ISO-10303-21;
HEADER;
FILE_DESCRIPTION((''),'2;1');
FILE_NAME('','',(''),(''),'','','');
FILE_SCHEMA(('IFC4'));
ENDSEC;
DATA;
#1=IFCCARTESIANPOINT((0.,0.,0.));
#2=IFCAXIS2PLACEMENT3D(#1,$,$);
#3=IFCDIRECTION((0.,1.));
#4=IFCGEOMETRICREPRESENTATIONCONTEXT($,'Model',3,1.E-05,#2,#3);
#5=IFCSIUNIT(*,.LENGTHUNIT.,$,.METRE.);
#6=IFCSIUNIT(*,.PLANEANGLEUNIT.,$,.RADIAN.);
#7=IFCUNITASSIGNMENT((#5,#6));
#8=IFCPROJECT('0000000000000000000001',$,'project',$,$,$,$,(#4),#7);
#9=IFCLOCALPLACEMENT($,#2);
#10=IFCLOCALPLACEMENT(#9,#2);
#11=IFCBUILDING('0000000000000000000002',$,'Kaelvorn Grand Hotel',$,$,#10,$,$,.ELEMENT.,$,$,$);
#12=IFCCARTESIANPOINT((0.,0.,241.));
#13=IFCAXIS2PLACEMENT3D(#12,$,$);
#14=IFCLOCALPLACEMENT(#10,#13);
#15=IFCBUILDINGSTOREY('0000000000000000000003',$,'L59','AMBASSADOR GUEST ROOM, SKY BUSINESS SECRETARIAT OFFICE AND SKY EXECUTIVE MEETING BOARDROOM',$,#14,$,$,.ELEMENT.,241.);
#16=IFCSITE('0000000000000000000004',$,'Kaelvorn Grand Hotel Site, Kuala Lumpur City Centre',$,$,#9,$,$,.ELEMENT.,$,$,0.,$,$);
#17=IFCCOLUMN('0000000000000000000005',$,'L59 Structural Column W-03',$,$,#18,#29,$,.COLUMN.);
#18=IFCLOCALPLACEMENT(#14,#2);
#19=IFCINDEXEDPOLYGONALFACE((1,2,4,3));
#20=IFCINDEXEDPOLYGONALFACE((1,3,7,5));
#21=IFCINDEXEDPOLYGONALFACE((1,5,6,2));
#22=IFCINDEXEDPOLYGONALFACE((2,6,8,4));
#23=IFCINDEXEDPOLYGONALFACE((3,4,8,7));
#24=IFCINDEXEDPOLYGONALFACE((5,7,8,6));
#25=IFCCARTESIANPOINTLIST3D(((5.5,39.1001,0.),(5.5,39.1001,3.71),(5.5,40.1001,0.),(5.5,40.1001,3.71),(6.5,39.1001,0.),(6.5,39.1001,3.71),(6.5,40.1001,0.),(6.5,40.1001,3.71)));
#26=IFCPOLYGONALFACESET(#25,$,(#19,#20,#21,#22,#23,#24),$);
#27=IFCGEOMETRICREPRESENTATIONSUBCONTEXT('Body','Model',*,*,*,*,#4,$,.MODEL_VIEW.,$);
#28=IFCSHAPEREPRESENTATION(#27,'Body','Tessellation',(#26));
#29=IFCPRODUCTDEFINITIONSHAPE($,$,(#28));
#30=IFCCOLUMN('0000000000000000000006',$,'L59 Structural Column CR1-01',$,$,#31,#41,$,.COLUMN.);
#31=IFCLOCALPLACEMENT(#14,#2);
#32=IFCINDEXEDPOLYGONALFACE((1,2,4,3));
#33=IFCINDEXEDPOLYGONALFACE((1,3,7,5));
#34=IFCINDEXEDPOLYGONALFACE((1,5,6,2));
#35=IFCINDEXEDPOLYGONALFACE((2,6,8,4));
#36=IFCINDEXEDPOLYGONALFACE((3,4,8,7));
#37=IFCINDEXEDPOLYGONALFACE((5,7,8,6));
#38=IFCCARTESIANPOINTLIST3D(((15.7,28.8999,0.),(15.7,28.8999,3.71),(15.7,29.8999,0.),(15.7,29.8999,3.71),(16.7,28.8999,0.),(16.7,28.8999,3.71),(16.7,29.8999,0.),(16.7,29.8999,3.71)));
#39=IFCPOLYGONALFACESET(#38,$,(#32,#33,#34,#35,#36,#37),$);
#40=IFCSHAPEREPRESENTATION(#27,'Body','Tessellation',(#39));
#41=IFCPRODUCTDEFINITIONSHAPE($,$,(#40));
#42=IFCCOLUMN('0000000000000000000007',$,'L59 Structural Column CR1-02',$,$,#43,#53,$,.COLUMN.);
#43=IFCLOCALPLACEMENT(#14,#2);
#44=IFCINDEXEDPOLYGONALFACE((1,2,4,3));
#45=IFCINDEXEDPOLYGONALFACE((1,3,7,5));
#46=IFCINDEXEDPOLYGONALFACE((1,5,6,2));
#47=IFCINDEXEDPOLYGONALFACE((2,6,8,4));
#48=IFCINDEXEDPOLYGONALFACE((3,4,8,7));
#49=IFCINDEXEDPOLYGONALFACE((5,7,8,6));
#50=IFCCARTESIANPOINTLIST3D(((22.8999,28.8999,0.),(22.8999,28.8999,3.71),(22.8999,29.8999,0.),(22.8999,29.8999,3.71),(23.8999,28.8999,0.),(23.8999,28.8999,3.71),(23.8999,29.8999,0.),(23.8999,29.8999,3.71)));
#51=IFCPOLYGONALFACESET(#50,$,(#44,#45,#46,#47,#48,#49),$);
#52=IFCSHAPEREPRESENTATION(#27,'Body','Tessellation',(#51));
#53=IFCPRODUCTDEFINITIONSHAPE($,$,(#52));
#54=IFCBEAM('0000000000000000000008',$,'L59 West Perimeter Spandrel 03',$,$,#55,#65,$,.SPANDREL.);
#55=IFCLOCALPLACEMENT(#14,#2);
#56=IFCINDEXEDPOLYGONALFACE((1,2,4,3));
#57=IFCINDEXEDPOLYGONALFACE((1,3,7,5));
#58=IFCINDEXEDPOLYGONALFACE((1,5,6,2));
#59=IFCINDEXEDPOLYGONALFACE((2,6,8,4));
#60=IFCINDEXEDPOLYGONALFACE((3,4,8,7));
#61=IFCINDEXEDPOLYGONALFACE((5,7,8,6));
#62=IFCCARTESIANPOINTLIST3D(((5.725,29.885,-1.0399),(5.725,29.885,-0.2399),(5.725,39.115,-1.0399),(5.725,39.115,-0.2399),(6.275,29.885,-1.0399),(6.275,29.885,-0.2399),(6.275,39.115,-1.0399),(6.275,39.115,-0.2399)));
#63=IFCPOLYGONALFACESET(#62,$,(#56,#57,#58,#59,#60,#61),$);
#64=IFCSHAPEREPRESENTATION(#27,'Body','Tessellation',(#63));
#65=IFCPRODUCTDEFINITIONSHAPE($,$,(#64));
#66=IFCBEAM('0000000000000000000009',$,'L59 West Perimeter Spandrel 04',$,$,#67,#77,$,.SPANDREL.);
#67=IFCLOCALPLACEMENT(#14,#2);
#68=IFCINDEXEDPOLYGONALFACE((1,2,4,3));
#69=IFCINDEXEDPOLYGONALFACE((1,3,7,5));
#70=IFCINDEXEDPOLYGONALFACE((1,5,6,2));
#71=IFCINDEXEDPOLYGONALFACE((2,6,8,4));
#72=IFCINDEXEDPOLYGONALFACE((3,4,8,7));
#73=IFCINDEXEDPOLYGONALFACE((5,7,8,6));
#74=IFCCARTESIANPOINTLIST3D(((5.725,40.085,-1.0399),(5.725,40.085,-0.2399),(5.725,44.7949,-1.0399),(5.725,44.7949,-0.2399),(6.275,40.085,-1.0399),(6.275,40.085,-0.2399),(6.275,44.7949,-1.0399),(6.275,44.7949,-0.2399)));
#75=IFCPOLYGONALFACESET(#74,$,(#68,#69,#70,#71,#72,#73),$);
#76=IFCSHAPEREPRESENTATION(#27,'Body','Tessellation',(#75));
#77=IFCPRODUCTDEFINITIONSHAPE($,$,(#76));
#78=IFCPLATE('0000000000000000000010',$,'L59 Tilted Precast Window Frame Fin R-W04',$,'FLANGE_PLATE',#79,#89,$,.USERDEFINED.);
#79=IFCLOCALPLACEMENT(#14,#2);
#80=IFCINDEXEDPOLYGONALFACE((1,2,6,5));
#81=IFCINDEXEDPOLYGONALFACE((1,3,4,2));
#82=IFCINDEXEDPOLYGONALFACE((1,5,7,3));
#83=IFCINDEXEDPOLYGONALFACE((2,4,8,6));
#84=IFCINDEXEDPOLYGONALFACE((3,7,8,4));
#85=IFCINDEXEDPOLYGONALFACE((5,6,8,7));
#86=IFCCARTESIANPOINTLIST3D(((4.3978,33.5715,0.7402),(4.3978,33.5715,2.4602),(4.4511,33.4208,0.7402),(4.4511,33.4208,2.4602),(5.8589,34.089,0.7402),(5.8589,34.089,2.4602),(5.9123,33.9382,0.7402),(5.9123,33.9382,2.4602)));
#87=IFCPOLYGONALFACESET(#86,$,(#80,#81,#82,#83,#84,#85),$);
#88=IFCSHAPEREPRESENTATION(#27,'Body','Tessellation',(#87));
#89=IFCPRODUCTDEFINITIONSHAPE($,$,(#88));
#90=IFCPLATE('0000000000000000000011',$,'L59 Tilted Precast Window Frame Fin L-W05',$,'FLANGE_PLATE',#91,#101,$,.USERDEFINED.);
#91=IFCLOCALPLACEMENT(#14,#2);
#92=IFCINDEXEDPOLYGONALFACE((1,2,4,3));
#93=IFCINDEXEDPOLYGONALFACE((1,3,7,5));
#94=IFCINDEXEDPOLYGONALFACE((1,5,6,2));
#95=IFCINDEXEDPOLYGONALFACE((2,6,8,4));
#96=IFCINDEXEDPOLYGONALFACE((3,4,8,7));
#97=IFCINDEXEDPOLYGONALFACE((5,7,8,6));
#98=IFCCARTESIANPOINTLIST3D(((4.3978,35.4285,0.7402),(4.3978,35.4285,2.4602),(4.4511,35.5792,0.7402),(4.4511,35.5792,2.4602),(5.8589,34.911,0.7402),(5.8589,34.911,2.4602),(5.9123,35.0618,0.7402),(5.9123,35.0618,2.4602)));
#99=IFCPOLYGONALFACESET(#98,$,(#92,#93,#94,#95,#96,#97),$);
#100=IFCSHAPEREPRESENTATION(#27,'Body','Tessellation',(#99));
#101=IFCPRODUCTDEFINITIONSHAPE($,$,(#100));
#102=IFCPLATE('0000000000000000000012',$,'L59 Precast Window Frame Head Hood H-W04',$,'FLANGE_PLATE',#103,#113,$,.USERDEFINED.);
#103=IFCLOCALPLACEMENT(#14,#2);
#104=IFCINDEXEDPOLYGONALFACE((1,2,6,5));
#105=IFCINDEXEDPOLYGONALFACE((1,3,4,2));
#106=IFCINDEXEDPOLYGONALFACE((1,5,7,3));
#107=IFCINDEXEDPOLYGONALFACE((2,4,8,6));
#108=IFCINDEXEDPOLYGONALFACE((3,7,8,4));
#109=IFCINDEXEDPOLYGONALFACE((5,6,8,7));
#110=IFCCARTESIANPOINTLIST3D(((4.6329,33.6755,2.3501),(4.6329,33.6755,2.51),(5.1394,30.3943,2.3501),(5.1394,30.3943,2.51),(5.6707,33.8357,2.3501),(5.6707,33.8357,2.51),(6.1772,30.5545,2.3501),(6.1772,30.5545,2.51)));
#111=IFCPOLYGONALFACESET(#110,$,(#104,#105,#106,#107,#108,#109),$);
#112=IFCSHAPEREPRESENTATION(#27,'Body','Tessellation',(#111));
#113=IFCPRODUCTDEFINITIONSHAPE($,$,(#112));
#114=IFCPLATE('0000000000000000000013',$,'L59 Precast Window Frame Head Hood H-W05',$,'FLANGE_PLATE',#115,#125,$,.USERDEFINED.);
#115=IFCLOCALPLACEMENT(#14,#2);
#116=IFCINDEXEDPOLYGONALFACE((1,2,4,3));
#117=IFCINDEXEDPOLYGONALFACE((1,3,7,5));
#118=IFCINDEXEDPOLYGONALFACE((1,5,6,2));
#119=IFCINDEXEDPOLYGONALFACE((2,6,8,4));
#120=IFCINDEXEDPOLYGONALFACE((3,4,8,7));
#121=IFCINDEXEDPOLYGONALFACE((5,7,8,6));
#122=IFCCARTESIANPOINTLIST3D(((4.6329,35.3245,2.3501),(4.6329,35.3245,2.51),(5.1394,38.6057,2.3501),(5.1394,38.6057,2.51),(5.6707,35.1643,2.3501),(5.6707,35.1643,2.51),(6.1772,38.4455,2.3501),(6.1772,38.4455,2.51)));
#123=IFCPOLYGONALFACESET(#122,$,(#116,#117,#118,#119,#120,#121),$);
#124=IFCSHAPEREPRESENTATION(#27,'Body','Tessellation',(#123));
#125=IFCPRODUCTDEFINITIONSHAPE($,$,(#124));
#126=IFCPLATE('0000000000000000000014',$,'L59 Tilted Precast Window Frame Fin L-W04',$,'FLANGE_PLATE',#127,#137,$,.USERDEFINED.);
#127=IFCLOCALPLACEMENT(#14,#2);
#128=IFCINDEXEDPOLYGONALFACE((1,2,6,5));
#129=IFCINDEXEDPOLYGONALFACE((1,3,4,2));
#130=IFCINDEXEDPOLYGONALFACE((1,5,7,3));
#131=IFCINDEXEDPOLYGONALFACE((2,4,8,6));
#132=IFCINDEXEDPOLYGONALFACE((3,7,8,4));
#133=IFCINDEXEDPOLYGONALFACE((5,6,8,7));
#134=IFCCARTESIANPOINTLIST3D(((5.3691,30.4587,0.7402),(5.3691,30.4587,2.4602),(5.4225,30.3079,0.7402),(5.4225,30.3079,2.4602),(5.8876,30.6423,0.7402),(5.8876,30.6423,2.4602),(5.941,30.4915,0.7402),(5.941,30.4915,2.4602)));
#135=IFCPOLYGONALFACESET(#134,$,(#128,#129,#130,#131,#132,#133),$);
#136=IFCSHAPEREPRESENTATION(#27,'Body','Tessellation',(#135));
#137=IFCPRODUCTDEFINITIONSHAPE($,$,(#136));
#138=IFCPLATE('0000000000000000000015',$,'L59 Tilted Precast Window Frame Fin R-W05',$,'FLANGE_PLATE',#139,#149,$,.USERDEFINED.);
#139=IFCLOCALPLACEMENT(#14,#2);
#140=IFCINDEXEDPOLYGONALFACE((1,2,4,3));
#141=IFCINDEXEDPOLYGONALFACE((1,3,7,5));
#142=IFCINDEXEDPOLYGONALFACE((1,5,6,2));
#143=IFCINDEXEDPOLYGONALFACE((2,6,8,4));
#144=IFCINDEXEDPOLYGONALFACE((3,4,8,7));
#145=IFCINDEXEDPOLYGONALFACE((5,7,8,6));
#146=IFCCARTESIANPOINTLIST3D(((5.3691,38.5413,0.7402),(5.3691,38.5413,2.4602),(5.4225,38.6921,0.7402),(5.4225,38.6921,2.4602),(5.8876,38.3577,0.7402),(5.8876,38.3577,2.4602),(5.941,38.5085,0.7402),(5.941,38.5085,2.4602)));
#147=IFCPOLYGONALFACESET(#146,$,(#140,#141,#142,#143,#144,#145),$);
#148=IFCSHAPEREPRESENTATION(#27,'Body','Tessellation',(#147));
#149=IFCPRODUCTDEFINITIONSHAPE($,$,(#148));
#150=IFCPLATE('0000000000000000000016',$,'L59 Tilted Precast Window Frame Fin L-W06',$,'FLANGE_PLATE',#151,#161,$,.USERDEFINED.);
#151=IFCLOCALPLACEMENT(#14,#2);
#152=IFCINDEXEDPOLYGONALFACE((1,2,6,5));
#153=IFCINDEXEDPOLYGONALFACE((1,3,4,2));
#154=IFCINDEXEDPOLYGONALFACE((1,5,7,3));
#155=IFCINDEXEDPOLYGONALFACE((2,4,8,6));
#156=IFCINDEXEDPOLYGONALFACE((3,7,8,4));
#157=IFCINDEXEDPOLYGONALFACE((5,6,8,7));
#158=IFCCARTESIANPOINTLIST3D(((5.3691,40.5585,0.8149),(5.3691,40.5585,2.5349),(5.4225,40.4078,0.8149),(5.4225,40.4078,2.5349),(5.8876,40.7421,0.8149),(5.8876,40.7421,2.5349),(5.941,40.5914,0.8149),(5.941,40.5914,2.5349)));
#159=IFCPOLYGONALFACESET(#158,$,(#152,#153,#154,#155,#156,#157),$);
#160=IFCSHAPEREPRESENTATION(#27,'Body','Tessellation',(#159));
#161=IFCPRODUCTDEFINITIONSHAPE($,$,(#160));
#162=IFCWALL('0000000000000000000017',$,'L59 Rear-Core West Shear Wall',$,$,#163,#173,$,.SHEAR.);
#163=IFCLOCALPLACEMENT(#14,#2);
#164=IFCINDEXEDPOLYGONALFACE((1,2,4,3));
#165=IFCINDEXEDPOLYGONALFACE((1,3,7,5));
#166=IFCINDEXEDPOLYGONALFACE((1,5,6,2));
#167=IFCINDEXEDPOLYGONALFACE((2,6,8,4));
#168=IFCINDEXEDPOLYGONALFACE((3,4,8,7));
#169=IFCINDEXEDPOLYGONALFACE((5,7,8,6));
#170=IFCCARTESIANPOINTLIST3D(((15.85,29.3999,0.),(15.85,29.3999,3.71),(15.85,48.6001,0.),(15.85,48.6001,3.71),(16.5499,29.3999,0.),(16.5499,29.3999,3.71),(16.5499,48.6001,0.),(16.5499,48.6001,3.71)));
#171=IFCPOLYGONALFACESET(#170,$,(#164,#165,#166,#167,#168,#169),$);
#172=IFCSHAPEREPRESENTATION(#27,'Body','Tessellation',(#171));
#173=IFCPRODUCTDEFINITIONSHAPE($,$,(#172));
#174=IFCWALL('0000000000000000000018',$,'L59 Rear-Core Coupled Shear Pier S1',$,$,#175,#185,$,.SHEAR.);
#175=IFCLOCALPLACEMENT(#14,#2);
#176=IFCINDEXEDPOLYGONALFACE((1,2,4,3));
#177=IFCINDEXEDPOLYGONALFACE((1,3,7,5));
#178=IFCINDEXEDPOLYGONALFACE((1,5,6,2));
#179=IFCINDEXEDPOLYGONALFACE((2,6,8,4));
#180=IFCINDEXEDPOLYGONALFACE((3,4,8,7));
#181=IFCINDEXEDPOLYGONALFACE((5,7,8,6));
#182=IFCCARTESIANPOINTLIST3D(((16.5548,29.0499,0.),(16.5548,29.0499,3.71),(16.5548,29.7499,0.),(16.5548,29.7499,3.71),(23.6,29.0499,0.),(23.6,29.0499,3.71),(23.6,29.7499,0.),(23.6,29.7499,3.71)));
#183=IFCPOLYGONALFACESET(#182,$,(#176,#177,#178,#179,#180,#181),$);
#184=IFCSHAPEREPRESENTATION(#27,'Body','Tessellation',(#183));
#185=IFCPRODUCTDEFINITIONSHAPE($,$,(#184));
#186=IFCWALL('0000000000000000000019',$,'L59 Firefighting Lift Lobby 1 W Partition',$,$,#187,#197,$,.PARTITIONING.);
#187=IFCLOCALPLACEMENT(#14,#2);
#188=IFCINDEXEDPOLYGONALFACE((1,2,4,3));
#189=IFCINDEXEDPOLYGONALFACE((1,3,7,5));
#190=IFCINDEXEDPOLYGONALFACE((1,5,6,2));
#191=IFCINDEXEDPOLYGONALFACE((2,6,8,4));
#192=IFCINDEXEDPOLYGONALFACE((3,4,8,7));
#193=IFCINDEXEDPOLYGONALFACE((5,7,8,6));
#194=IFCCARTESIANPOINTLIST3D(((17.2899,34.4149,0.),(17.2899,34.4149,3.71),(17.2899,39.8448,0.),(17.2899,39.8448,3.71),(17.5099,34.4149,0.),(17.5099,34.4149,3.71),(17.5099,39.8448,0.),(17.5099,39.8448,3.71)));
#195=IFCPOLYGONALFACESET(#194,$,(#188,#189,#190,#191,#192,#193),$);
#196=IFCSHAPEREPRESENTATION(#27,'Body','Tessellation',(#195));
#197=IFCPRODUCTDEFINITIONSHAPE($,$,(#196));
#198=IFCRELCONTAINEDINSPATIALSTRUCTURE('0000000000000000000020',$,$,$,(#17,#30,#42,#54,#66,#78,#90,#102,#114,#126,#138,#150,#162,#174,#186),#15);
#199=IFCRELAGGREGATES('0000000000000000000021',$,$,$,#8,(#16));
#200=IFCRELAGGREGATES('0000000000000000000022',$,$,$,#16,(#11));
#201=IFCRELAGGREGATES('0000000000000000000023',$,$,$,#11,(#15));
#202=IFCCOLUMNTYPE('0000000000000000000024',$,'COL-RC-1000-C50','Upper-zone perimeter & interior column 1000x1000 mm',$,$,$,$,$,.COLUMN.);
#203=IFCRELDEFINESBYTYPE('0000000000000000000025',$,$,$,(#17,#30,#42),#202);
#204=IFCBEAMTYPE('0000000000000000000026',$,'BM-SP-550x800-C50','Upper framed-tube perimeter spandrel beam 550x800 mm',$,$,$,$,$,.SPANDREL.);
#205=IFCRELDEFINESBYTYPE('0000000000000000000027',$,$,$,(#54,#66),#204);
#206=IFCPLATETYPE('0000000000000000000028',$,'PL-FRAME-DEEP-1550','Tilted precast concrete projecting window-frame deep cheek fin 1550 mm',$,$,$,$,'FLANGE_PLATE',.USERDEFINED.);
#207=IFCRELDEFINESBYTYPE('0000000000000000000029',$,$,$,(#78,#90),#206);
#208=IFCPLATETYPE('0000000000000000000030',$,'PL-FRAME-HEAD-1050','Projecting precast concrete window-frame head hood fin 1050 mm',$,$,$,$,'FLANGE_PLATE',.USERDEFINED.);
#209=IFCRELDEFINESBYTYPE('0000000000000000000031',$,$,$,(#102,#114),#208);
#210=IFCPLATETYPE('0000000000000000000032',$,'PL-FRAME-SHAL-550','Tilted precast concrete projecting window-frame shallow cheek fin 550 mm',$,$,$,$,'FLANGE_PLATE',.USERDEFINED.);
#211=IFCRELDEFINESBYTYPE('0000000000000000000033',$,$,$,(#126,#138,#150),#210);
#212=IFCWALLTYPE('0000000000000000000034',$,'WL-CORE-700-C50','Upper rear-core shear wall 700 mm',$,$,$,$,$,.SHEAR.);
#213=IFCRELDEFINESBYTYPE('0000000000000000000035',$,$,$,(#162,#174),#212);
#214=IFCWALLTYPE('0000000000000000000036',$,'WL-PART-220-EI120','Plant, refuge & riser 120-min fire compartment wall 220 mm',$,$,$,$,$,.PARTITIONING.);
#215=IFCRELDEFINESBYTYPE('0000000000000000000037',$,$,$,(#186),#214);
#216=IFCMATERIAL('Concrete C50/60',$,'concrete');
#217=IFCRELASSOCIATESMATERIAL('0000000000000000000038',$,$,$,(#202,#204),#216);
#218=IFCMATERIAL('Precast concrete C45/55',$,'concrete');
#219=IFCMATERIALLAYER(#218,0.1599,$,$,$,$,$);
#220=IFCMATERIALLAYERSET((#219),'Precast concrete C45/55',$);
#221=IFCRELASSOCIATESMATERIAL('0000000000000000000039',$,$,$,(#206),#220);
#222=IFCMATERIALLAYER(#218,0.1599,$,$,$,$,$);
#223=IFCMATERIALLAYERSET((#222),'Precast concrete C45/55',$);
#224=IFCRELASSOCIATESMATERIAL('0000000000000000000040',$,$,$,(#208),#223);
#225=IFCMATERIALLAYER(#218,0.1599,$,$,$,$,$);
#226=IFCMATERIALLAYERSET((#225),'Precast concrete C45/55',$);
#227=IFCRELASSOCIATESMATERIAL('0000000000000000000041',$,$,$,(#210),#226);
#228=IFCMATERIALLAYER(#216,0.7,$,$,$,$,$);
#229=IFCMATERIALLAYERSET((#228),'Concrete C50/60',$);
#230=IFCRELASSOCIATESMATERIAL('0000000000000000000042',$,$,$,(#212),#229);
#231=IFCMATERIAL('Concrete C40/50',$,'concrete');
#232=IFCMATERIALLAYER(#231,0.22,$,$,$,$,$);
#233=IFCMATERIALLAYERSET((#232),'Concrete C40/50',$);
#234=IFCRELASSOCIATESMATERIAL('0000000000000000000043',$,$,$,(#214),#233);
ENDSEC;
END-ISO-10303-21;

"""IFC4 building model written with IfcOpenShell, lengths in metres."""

from ifc_helpers import new_model, si_unit, direction, frame, frame_2d, origin, origin_2d, place, context, subcontext, project, spatial, rectangle, extrude, material, layer, layer_set, material_profile, profile_set, type_object, element, save


model = new_model("IFC4")

# Units and contexts
model_context = context("Model", 3, precision=1e-05, world=origin(), true_north=direction((0.0, 1.0)))
body_context = subcontext(model_context, "Body", "Model", "MODEL_VIEW")
ifc_project = project(units=[si_unit("LENGTHUNIT", "METRE"), si_unit("PLANEANGLEUNIT", "RADIAN")], contexts=[model_context])

# Site, building, storey
site_placement = place(None, origin())
site = spatial("IfcSite", under=ifc_project, at=site_placement, Name="Kaelvorn Grand Hotel Site, Kuala Lumpur City Centre", CompositionType="ELEMENT", RefElevation=0.0)
building_placement = place(site_placement, origin())
building = spatial("IfcBuilding", under=site, at=building_placement, Name="Kaelvorn Grand Hotel", CompositionType="ELEMENT")
storey_placement = place(building_placement, frame((0.0, 0.0, 241.0)))
storey = spatial("IfcBuildingStorey", under=building, at=storey_placement, Name="L59", Description="AMBASSADOR GUEST ROOM, SKY BUSINESS SECRETARIAT OFFICE AND SKY EXECUTIVE MEETING BOARDROOM", CompositionType="ELEMENT", Elevation=241.0)

# Columns
ifc_material_1 = material(Name="Concrete C50/60", Category="concrete")
ifc_material_profile_1 = material_profile(ifc_material_1, rectangle(XDim=1.0, YDim=1.0, at=origin_2d()), Name="RC COL 1000x1000")
ifc_profile_set_1 = profile_set([ifc_material_profile_1], Name="Concrete C50/60")
column_type = type_object("IfcColumnType", Name="COL-RC-1000-C50", Description="Upper-zone perimeter & interior column 1000x1000 mm", PredefinedType="COLUMN", material=ifc_profile_set_1)
for number, where, z_axis, x_axis, name in (
    (1, (6.0, 39.6001, 0.0), (0.0, 0.0, 1.0), (1.0, 0.0, 0.0), "L59 Structural Column W-03"),
    (2, (16.2, 29.3999, 0.0), (0.0, 0.0, 1.0), (1.0, 0.0, 0.0), "L59 Structural Column CR1-01"),
    (3, (23.3999, 29.3999, 0.0), (0.0, 0.0, 1.0), (1.0, 0.0, 0.0), "L59 Structural Column CR1-02"),
):
    element("IfcColumn", number, at=place(storey_placement, frame(where, z_axis=z_axis, x_axis=x_axis)), inside=storey, type_object=column_type, Name=name, PredefinedType="COLUMN", context=body_context, shape_type="SweptSolid", body=[
        extrude(rectangle(XDim=1.0, YDim=1.0, at=origin_2d()), origin(), (0.0, 0.0, 1.0), 3.71),
    ])

# Beams
ifc_material_profile_2 = material_profile(ifc_material_1, rectangle(XDim=0.55, YDim=0.8, at=origin_2d()), Name="RC SPANDREL 550x800")
ifc_profile_set_2 = profile_set([ifc_material_profile_2], Name="Concrete C50/60")
beam_type = type_object("IfcBeamType", Name="BM-SP-550x800-C50", Description="Upper framed-tube perimeter spandrel beam 550x800 mm", PredefinedType="SPANDREL", material=ifc_profile_set_2)
beam_1_placement = place(storey_placement, frame((6.0, 29.885, -0.6399), z_axis=(0.0, 1.0, 0.0), x_axis=(-1.0, 0.0, 0.0)))
element("IfcBeam", 4, at=beam_1_placement, inside=storey, type_object=beam_type, Name="L59 West Perimeter Spandrel 03", PredefinedType="SPANDREL", context=body_context, shape_type="SweptSolid", body=[
    extrude(rectangle(XDim=0.55, YDim=0.8, at=origin_2d()), origin(), (0.0, 0.0, 1.0), 9.23),
])
beam_2_placement = place(storey_placement, frame((6.0, 40.085, -0.6399), z_axis=(0.0, 1.0, 0.0), x_axis=(-1.0, 0.0, 0.0)))
element("IfcBeam", 5, at=beam_2_placement, inside=storey, type_object=beam_type, Name="L59 West Perimeter Spandrel 04", PredefinedType="SPANDREL", context=body_context, shape_type="SweptSolid", body=[
    extrude(rectangle(XDim=0.55, YDim=0.8, at=origin_2d()), origin(), (0.0, 0.0, 1.0), 4.71),
])

# Plates
ifc_material_2 = material(Name="Precast concrete C45/55", Category="concrete")
ifc_layer_1 = layer(ifc_material_2, 0.1599)
ifc_layer_set_1 = layer_set([ifc_layer_1], Name="Precast concrete C45/55")
plate_type_1 = type_object("IfcPlateType", Name="PL-FRAME-DEEP-1550", Description="Tilted precast concrete projecting window-frame deep cheek fin 1550 mm", ElementType="FLANGE_PLATE", PredefinedType="USERDEFINED", material=ifc_layer_set_1)
for number, where, z_axis, x_axis, name in (
    (6, (5.155, 33.7549, 0.7402), (0.0, 0.0, 1.0), (-0.333807, 0.942641, 0.0), "L59 Tilted Precast Window Frame Fin R-W04"),
    (7, (5.155, 35.2451, 0.7402), (0.0, 0.0, 1.0), (0.333807, 0.942641, 0.0), "L59 Tilted Precast Window Frame Fin L-W05"),
):
    element("IfcPlate", number, at=place(storey_placement, frame(where, z_axis=z_axis, x_axis=x_axis)), inside=storey, type_object=plate_type_1, Name=name, ObjectType="FLANGE_PLATE", PredefinedType="USERDEFINED", context=body_context, shape_type="SweptSolid", body=[
        extrude(rectangle(XDim=0.1599, YDim=1.55, at=origin_2d()), origin(), (0.0, 0.0, 1.0), 1.72),
    ])
ifc_layer_2 = layer(ifc_material_2, 0.1599)
ifc_layer_set_2 = layer_set([ifc_layer_2], Name="Precast concrete C45/55")
plate_type_2 = type_object("IfcPlateType", Name="PL-FRAME-HEAD-1050", Description="Projecting precast concrete window-frame head hood fin 1050 mm", ElementType="FLANGE_PLATE", PredefinedType="USERDEFINED", material=ifc_layer_set_2)
for number, where, z_axis, x_axis, name in (
    (8, (5.405, 32.115, 2.3501), (0.0, 0.0, 1.0), (-0.152555, 0.988295, 0.0), "L59 Precast Window Frame Head Hood H-W04"),
    (9, (5.405, 36.885, 2.3501), (0.0, 0.0, 1.0), (0.152555, 0.988295, 0.0), "L59 Precast Window Frame Head Hood H-W05"),
):
    element("IfcPlate", number, at=place(storey_placement, frame(where, z_axis=z_axis, x_axis=x_axis)), inside=storey, type_object=plate_type_2, Name=name, ObjectType="FLANGE_PLATE", PredefinedType="USERDEFINED", context=body_context, shape_type="SweptSolid", body=[
        extrude(rectangle(XDim=3.3201, YDim=1.05, at=origin_2d()), origin(), (0.0, 0.0, 1.0), 0.1599),
    ])
ifc_layer_3 = layer(ifc_material_2, 0.1599)
ifc_layer_set_3 = layer_set([ifc_layer_3], Name="Precast concrete C45/55")
plate_type_3 = type_object("IfcPlateType", Name="PL-FRAME-SHAL-550", Description="Tilted precast concrete projecting window-frame shallow cheek fin 550 mm", ElementType="FLANGE_PLATE", PredefinedType="USERDEFINED", material=ifc_layer_set_3)
for number, where, z_axis, x_axis, name in (
    (10, (5.655, 30.4751, 0.7402), (0.0, 0.0, 1.0), (-0.333807, 0.942641, 0.0), "L59 Tilted Precast Window Frame Fin L-W04"),
    (11, (5.655, 38.5249, 0.7402), (0.0, 0.0, 1.0), (0.333807, 0.942641, 0.0), "L59 Tilted Precast Window Frame Fin R-W05"),
    (12, (5.655, 40.575, 0.8149), (0.0, 0.0, 1.0), (-0.333807, 0.942641, 0.0), "L59 Tilted Precast Window Frame Fin L-W06"),
):
    element("IfcPlate", number, at=place(storey_placement, frame(where, z_axis=z_axis, x_axis=x_axis)), inside=storey, type_object=plate_type_3, Name=name, ObjectType="FLANGE_PLATE", PredefinedType="USERDEFINED", context=body_context, shape_type="SweptSolid", body=[
        extrude(rectangle(XDim=0.1599, YDim=0.55, at=origin_2d()), origin(), (0.0, 0.0, 1.0), 1.72),
    ])

# Walls
ifc_layer_4 = layer(ifc_material_1, 0.7)
ifc_layer_set_4 = layer_set([ifc_layer_4], Name="Concrete C50/60")
wall_type_1 = type_object("IfcWallType", Name="WL-CORE-700-C50", Description="Upper rear-core shear wall 700 mm", PredefinedType="SHEAR", material=ifc_layer_set_4)
wall_1_placement = place(storey_placement, frame((16.2, 29.3999, 0.0), z_axis=(0.0, 0.0, 1.0), x_axis=(0.0, 1.0, 0.0)))
element("IfcWall", 13, at=wall_1_placement, inside=storey, type_object=wall_type_1, Name="L59 Rear-Core West Shear Wall", PredefinedType="SHEAR", context=body_context, shape_type="SweptSolid", body=[
    extrude(rectangle(XDim=19.2002, YDim=0.7, at=frame_2d((9.6001, 0.0))), origin(), (0.0, 0.0, 1.0), 3.71),
])
wall_2_placement = place(storey_placement, frame((16.5549, 29.3999, 0.0), z_axis=(0.0, 0.0, 1.0), x_axis=(1.0, 0.0, 0.0)))
element("IfcWall", 14, at=wall_2_placement, inside=storey, type_object=wall_type_1, Name="L59 Rear-Core Coupled Shear Pier S1", PredefinedType="SHEAR", context=body_context, shape_type="SweptSolid", body=[
    extrude(rectangle(XDim=7.0452, YDim=0.7, at=frame_2d((3.5225, 0.0))), origin(), (0.0, 0.0, 1.0), 3.71),
])

# Shared definitions
ifc_material_3 = material(Name="Concrete C40/50", Category="concrete")
ifc_layer_5 = layer(ifc_material_3, 0.22)
ifc_layer_set_5 = layer_set([ifc_layer_5], Name="Concrete C40/50")
wall_type_2 = type_object("IfcWallType", Name="WL-PART-220-EI120", Description="Plant, refuge & riser 120-min fire compartment wall 220 mm", PredefinedType="PARTITIONING", material=ifc_layer_set_5)

# Wall
wall_3_placement = place(storey_placement, frame((17.3999, 34.415, 0.0), z_axis=(0.0, 0.0, 1.0), x_axis=(0.0, 1.0, 0.0)))
element("IfcWall", 15, at=wall_3_placement, inside=storey, type_object=wall_type_2, Name="L59 Firefighting Lift Lobby 1 W Partition", PredefinedType="PARTITIONING", context=body_context, shape_type="SweptSolid", body=[
    extrude(rectangle(XDim=5.4299, YDim=0.22, at=frame_2d((2.7148, 0.0))), origin(), (0.0, 0.0, 1.0), 3.71),
])

save(model, "model.ifc")
